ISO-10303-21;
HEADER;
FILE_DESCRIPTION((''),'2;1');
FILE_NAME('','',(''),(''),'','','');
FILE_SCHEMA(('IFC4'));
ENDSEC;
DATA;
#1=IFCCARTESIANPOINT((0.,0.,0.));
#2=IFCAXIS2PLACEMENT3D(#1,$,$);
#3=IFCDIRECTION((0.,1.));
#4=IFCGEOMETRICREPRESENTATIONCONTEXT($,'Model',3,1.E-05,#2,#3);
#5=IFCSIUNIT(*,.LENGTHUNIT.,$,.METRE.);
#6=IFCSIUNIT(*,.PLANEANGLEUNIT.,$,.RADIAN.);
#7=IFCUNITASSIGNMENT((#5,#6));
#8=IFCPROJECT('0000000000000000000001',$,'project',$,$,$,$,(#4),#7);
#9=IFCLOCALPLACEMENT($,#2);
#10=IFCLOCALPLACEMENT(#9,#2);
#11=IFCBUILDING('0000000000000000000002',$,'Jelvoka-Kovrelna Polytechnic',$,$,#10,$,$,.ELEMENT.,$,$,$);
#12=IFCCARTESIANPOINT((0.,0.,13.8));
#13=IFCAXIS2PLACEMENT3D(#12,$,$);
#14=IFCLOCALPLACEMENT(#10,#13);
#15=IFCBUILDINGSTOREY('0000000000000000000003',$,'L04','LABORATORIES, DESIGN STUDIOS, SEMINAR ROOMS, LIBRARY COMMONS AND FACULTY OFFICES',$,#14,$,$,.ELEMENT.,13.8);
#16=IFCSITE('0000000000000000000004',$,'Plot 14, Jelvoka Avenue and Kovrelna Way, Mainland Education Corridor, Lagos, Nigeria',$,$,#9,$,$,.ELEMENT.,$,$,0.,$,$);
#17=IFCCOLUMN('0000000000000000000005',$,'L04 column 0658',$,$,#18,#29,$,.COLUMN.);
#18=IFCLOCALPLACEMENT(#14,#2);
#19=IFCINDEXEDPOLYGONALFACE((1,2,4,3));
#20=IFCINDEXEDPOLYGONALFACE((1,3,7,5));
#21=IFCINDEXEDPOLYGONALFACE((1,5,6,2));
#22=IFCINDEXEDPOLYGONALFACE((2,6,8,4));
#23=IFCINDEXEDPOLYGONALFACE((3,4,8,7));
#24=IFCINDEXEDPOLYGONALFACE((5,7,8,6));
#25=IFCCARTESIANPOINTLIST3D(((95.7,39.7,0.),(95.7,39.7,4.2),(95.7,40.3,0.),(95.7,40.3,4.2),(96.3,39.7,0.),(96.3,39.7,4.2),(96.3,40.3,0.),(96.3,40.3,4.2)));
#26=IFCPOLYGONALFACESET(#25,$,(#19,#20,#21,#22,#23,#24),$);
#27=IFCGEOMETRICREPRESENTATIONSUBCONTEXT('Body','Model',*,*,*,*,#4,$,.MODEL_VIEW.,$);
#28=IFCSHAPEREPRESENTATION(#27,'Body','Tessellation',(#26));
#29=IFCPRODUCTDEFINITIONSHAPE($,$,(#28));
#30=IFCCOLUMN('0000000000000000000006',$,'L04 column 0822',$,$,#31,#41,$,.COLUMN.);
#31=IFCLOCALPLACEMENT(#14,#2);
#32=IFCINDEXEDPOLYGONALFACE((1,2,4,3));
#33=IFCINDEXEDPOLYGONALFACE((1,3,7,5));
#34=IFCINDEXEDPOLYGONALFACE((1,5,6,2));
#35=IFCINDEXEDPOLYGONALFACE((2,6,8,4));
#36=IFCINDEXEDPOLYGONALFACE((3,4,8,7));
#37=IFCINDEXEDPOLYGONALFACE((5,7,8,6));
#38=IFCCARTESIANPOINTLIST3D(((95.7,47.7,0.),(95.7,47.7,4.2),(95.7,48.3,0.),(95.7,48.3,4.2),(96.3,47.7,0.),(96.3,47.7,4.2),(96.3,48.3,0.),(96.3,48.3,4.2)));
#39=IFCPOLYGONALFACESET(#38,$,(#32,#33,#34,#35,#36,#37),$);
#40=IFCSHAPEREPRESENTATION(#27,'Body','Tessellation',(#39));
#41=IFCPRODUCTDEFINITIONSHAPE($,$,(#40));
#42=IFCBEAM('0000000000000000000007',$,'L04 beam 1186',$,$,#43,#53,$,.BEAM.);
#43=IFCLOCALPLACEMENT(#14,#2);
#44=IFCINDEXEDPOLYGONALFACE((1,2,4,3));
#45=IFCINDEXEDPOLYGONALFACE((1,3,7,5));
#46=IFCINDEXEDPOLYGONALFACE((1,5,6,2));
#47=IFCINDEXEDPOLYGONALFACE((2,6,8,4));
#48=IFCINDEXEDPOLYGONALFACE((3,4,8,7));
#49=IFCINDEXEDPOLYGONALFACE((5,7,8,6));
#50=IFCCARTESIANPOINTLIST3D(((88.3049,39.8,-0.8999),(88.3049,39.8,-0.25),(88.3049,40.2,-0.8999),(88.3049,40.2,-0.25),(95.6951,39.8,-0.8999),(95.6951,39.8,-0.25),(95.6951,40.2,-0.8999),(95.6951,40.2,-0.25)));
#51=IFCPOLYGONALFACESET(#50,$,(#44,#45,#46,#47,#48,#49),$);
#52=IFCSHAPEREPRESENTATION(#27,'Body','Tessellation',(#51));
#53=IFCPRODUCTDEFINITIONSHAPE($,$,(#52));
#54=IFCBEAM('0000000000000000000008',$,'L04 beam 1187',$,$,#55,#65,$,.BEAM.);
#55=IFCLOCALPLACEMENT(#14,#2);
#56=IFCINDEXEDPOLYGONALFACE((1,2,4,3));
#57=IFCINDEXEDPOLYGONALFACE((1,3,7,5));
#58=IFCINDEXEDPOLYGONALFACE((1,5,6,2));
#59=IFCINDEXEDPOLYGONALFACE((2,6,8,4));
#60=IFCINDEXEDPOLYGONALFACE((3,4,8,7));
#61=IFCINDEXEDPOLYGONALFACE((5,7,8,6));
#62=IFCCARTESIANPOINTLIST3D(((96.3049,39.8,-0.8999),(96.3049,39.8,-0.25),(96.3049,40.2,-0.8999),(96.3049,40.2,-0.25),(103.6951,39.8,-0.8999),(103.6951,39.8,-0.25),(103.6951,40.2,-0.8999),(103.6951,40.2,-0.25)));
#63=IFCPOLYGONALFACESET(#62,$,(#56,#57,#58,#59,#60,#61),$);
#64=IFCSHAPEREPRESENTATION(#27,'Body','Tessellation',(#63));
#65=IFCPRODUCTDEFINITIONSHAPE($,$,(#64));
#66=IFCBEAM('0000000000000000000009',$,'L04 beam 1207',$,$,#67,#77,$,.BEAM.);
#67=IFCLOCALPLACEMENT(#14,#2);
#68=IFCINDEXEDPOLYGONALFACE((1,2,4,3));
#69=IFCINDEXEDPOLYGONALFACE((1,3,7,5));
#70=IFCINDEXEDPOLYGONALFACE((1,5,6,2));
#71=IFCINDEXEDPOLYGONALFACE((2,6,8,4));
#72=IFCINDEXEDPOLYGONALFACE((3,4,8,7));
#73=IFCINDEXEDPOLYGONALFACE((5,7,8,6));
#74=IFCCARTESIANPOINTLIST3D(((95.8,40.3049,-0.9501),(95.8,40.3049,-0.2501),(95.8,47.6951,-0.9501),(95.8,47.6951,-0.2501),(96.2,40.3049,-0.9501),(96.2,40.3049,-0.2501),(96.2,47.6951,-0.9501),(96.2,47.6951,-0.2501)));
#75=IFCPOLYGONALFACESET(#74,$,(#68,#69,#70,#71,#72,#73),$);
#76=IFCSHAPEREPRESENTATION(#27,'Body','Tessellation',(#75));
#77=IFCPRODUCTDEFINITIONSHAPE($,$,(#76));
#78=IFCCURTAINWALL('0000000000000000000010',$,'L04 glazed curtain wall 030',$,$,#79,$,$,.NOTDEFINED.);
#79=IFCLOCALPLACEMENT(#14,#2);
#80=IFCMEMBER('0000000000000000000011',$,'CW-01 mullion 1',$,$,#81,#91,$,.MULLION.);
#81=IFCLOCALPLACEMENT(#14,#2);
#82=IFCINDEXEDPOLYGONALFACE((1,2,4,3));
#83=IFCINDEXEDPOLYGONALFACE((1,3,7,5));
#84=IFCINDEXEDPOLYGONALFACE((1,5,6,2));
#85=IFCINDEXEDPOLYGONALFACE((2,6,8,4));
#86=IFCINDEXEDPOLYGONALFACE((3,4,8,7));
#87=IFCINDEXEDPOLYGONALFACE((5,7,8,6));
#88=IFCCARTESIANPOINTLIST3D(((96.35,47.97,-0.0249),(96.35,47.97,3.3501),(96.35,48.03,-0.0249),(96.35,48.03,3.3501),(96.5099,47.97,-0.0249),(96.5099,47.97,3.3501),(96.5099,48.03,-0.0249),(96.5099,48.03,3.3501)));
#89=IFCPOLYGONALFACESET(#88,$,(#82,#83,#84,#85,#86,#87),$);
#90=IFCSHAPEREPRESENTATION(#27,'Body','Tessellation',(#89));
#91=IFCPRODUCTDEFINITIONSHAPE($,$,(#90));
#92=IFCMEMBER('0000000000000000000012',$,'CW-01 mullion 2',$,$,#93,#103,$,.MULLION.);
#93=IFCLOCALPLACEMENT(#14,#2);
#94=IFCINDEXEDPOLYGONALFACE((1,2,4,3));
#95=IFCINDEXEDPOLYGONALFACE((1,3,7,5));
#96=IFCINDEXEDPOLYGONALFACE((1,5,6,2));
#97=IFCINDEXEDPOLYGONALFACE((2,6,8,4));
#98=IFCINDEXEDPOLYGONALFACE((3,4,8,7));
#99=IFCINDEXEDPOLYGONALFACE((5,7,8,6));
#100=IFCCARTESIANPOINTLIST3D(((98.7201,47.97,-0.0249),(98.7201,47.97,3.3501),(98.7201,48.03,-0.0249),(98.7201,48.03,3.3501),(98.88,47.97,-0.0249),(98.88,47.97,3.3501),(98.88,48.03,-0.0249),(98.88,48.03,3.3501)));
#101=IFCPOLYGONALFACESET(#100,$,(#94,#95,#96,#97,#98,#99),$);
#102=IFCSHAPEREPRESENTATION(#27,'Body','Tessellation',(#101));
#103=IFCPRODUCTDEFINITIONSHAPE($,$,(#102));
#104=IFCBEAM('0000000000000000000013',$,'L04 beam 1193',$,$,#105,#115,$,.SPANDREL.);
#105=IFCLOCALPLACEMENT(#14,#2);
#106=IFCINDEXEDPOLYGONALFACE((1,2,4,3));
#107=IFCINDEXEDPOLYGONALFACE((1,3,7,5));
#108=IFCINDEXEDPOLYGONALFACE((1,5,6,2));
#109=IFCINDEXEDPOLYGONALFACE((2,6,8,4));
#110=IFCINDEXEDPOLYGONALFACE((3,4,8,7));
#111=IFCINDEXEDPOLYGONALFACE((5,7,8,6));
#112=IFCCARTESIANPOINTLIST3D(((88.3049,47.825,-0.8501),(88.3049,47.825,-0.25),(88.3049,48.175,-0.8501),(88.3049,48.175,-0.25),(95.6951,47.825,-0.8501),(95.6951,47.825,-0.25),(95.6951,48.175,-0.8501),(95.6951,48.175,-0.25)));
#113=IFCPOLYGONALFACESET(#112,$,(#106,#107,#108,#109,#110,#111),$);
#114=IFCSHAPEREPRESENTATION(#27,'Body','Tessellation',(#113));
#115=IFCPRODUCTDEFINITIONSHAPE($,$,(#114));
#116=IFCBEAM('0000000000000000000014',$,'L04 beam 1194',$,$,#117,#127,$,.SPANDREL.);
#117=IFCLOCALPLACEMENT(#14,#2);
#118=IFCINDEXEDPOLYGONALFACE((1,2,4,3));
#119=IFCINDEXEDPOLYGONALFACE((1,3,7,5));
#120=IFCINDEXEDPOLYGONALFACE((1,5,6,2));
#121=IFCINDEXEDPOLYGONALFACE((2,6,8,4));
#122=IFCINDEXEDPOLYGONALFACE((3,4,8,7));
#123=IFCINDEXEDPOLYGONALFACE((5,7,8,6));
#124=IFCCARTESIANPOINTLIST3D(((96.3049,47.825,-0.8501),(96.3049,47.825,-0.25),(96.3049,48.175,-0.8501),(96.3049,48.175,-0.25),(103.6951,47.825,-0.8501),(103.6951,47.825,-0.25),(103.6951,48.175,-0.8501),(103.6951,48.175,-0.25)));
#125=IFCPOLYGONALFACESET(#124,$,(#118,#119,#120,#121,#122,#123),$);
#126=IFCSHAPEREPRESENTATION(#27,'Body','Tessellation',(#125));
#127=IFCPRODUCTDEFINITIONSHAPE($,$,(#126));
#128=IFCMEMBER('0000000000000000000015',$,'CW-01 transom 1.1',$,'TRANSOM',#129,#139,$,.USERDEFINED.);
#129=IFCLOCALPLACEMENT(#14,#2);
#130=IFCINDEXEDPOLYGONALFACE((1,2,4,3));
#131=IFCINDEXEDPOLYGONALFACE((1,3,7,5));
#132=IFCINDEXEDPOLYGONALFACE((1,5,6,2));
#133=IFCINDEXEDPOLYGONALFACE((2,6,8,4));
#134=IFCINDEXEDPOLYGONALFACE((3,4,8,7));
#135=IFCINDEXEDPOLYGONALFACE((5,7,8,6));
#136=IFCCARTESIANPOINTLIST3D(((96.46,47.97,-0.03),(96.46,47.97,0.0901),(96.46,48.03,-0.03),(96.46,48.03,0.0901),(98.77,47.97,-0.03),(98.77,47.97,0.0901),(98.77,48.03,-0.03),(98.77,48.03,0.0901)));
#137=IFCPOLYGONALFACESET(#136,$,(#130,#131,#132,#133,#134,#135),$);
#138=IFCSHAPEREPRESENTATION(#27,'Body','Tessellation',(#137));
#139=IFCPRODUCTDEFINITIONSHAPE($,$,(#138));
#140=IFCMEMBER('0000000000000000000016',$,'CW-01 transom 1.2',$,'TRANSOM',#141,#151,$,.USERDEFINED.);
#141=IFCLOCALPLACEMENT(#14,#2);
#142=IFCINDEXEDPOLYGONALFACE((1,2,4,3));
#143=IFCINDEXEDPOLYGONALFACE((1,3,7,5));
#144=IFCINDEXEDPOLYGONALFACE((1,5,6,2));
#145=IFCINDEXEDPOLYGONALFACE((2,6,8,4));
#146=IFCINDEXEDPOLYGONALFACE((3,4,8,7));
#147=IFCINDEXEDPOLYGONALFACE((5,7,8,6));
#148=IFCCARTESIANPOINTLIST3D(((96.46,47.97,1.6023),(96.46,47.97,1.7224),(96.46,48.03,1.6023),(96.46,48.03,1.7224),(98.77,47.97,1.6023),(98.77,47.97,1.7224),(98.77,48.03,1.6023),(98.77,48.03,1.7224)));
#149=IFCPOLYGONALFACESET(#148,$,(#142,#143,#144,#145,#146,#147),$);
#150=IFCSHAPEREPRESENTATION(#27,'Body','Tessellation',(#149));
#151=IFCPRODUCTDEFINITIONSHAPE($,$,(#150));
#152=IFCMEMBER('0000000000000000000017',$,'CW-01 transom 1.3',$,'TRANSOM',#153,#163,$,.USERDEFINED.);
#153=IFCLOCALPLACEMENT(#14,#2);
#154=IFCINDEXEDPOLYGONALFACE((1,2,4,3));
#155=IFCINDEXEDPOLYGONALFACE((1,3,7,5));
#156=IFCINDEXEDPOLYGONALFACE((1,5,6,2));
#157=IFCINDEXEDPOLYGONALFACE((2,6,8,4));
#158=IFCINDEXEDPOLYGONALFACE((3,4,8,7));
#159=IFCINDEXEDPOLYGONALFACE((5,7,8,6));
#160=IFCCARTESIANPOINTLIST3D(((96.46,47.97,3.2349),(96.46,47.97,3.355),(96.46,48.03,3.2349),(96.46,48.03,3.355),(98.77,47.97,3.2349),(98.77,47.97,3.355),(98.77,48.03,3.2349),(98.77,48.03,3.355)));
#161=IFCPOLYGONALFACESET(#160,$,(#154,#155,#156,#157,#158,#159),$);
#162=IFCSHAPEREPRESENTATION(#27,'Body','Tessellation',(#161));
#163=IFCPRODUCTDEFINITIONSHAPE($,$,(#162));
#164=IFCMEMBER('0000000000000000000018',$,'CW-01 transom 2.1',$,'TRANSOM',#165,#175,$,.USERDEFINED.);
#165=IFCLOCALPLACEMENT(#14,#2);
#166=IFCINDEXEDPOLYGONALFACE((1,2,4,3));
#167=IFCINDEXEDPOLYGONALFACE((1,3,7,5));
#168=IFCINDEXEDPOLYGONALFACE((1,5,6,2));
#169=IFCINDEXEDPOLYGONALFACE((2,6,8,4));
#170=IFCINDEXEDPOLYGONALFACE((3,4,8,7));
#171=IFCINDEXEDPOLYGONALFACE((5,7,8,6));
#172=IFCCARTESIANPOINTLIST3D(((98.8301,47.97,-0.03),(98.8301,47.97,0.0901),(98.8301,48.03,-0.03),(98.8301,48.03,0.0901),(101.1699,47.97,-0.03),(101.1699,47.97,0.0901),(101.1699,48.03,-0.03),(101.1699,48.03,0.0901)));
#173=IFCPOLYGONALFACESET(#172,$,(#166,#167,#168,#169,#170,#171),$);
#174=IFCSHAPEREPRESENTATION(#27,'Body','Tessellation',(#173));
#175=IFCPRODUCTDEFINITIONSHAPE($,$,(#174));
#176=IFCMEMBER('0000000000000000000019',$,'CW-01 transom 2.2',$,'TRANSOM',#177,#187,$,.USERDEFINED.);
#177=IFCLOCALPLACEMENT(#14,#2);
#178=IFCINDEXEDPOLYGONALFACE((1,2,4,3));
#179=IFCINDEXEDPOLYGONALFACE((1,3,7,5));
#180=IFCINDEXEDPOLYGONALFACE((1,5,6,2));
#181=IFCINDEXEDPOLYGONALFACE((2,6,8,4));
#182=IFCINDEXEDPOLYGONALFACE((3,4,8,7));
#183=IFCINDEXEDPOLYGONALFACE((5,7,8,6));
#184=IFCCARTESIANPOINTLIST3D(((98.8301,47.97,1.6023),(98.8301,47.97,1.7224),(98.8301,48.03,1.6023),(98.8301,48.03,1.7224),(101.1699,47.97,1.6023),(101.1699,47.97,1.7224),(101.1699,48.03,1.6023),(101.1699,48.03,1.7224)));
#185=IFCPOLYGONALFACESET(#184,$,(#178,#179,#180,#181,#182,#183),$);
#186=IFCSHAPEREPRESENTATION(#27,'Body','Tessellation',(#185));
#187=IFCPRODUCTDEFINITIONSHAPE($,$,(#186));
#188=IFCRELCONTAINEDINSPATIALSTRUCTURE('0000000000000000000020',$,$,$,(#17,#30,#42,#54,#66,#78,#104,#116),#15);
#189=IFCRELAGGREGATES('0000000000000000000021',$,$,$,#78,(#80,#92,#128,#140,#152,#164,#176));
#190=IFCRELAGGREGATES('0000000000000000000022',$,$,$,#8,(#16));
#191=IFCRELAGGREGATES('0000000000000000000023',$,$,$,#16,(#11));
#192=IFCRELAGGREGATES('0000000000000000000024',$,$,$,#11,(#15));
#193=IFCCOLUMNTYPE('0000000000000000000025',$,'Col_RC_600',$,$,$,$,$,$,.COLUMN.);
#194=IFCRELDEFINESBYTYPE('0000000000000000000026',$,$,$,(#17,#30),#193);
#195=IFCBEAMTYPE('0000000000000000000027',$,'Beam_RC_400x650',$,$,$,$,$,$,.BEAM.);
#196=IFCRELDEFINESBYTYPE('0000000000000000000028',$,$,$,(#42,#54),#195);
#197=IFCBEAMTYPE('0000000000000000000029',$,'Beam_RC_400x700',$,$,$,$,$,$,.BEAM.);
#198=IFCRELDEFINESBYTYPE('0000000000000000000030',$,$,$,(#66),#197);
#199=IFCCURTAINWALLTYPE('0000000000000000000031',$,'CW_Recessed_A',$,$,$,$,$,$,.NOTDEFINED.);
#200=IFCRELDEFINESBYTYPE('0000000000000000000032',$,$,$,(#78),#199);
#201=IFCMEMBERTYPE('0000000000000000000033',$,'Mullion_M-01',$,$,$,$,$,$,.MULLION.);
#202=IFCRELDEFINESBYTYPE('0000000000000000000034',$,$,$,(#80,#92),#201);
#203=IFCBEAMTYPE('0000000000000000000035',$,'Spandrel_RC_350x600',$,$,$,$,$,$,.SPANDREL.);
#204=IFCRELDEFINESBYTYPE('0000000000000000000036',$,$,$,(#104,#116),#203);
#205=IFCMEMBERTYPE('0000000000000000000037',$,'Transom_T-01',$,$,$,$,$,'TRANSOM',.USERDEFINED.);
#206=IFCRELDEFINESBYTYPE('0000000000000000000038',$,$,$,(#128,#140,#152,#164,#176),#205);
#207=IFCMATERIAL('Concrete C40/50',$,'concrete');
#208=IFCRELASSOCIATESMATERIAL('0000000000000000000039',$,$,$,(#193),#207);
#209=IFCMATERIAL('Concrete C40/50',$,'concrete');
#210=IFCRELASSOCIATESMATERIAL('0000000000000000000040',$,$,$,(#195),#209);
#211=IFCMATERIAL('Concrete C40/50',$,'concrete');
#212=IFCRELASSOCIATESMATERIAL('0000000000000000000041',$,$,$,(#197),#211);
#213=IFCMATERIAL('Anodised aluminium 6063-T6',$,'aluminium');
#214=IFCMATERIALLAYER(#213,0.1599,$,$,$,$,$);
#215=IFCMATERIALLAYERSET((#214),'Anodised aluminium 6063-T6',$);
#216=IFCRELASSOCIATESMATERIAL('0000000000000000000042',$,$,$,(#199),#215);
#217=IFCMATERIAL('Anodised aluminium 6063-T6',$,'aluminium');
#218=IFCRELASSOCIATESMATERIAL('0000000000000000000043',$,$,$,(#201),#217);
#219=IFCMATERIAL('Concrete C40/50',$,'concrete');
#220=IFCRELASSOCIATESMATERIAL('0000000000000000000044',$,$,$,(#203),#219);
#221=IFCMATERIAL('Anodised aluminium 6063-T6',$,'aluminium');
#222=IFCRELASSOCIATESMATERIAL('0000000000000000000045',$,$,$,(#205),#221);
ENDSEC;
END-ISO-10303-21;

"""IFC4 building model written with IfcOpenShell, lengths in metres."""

from ifc_helpers import new_model, si_unit, direction, frame, origin, origin_2d, place, context, subcontext, project, spatial, rectangle, extrude, material, layer, layer_set, material_profile, profile_set, type_object, element, aggregate, save


model = new_model("IFC4")

# Units and contexts
model_context = context("Model", 3, precision=1e-05, world=origin(), true_north=direction((0.0, 1.0)))
body_context = subcontext(model_context, "Body", "Model", "MODEL_VIEW")
ifc_project = project(units=[si_unit("LENGTHUNIT", "METRE"), si_unit("PLANEANGLEUNIT", "RADIAN")], contexts=[model_context])

# Site, building, storey
site_placement = place(None, origin())
site = spatial("IfcSite", under=ifc_project, at=site_placement, Name="Plot 14, Jelvoka Avenue and Kovrelna Way, Mainland Education Corridor, Lagos, Nigeria", CompositionType="ELEMENT", RefElevation=0.0)
building_placement = place(site_placement, origin())
building = spatial("IfcBuilding", under=site, at=building_placement, Name="Jelvoka-Kovrelna Polytechnic", CompositionType="ELEMENT")
storey_placement = place(building_placement, frame((0.0, 0.0, 13.8)))
storey = spatial("IfcBuildingStorey", under=building, at=storey_placement, Name="L04", Description="LABORATORIES, DESIGN STUDIOS, SEMINAR ROOMS, LIBRARY COMMONS AND FACULTY OFFICES", CompositionType="ELEMENT", Elevation=13.8)

# Columns
ifc_material_1 = material(Name="Concrete C40/50", Category="concrete")
ifc_material_profile_1 = material_profile(ifc_material_1, rectangle(XDim=0.6001, YDim=0.6001, at=origin_2d()), Name="RC 600x600")
ifc_profile_set_1 = profile_set([ifc_material_profile_1], Name="Concrete C40/50")
column_type = type_object("IfcColumnType", Name="Col_RC_600", PredefinedType="COLUMN", material=ifc_profile_set_1)
for number, where, z_axis, x_axis, name in (
    (1, (96.0, 40.0, 0.0), (0.0, 0.0, 1.0), (1.0, 0.0, 0.0), "L04 column 0658"),
    (2, (96.0, 48.0, 0.0), (0.0, 0.0, 1.0), (1.0, 0.0, 0.0), "L04 column 0822"),
):
    element("IfcColumn", number, at=place(storey_placement, frame(where, z_axis=z_axis, x_axis=x_axis)), inside=storey, type_object=column_type, Name=name, PredefinedType="COLUMN", context=body_context, shape_type="SweptSolid", body=[
        extrude(rectangle(XDim=0.6001, YDim=0.6001, at=origin_2d()), origin(), (0.0, 0.0, 1.0), 4.2),
    ])

# Beams
ifc_material_2 = material(Name="Concrete C40/50", Category="concrete")
ifc_material_profile_2 = material_profile(ifc_material_2, rectangle(XDim=0.3999, YDim=0.6499, at=origin_2d()), Name="RC 400x650")
ifc_profile_set_2 = profile_set([ifc_material_profile_2], Name="Concrete C40/50")
beam_type_1 = type_object("IfcBeamType", Name="Beam_RC_400x650", PredefinedType="BEAM", material=ifc_profile_set_2)
for number, where, z_axis, x_axis, name in (
    (3, (88.3049, 40.0, -0.575), (1.0, 0.0, 0.0), (0.0, 1.0, 0.0), "L04 beam 1186"),
    (4, (96.3049, 40.0, -0.575), (1.0, 0.0, 0.0), (0.0, 1.0, 0.0), "L04 beam 1187"),
):
    element("IfcBeam", number, at=place(storey_placement, frame(where, z_axis=z_axis, x_axis=x_axis)), inside=storey, type_object=beam_type_1, Name=name, PredefinedType="BEAM", context=body_context, shape_type="SweptSolid", body=[
        extrude(rectangle(XDim=0.3999, YDim=0.6499, at=origin_2d()), origin(), (0.0, 0.0, 1.0), 7.3901),
    ])
ifc_material_3 = material(Name="Concrete C40/50", Category="concrete")
ifc_material_profile_3 = material_profile(ifc_material_3, rectangle(XDim=0.3999, YDim=0.7, at=origin_2d()), Name="RC 400x700")
ifc_profile_set_3 = profile_set([ifc_material_profile_3], Name="Concrete C40/50")
beam_type_2 = type_object("IfcBeamType", Name="Beam_RC_400x700", PredefinedType="BEAM", material=ifc_profile_set_3)
beam_placement = place(storey_placement, frame((96.0, 40.3049, -0.6001), z_axis=(0.0, 1.0, 0.0), x_axis=(-1.0, 0.0, 0.0)))
element("IfcBeam", 5, at=beam_placement, inside=storey, type_object=beam_type_2, Name="L04 beam 1207", PredefinedType="BEAM", context=body_context, shape_type="SweptSolid", body=[
    extrude(rectangle(XDim=0.3999, YDim=0.7, at=origin_2d()), origin(), (0.0, 0.0, 1.0), 7.3901),
])

# Curtain wall, members
ifc_material_4 = material(Name="Anodised aluminium 6063-T6", Category="aluminium")
ifc_layer_1 = layer(ifc_material_4, 0.1599)
ifc_layer_set_1 = layer_set([ifc_layer_1], Name="Anodised aluminium 6063-T6")
curtain_wall_type = type_object("IfcCurtainWallType", Name="CW_Recessed_A", PredefinedType="NOTDEFINED", material=ifc_layer_set_1)
curtain_wall_placement = place(storey_placement, origin())
curtain_wall = element("IfcCurtainWall", 6, at=curtain_wall_placement, inside=storey, type_object=curtain_wall_type, Name="L04 glazed curtain wall 030", PredefinedType="NOTDEFINED")
ifc_material_5 = material(Name="Anodised aluminium 6063-T6", Category="aluminium")
ifc_material_profile_4 = material_profile(ifc_material_5, rectangle(XDim=0.0601, YDim=0.1599, at=origin_2d()), Name="ALU 60x160")
ifc_profile_set_4 = profile_set([ifc_material_profile_4], Name="Anodised aluminium 6063-T6")
member_type_1 = type_object("IfcMemberType", Name="Mullion_M-01", PredefinedType="MULLION", material=ifc_profile_set_4)
member_1_placement = place(storey_placement, frame((96.4299, 48.0, -0.0249), z_axis=(0.0, 0.0, 1.0), x_axis=(0.0, 1.0, 0.0)))
member_1 = element("IfcMember", 7, at=member_1_placement, type_object=member_type_1, Name="CW-01 mullion 1", PredefinedType="MULLION", context=body_context, shape_type="SweptSolid", body=[
    extrude(rectangle(XDim=0.0601, YDim=0.1599, at=origin_2d()), origin(), (0.0, 0.0, 1.0), 3.375),
])
member_2_placement = place(storey_placement, frame((98.8, 48.0, -0.0249), z_axis=(0.0, 0.0, 1.0), x_axis=(0.0, 1.0, 0.0)))
member_2 = element("IfcMember", 8, at=member_2_placement, type_object=member_type_1, Name="CW-01 mullion 2", PredefinedType="MULLION", context=body_context, shape_type="SweptSolid", body=[
    extrude(rectangle(XDim=0.0601, YDim=0.1599, at=origin_2d()), origin(), (0.0, 0.0, 1.0), 3.375),
])

# Beams
ifc_material_6 = material(Name="Concrete C40/50", Category="concrete")
ifc_material_profile_5 = material_profile(ifc_material_6, rectangle(XDim=0.3501, YDim=0.6001, at=origin_2d()), Name="RC 350x600")
ifc_profile_set_5 = profile_set([ifc_material_profile_5], Name="Concrete C40/50")
beam_type_3 = type_object("IfcBeamType", Name="Spandrel_RC_350x600", PredefinedType="SPANDREL", material=ifc_profile_set_5)
for number, where, z_axis, x_axis, name in (
    (9, (88.3049, 48.0, -0.55), (1.0, 0.0, 0.0), (0.0, 1.0, 0.0), "L04 beam 1193"),
    (10, (96.3049, 48.0, -0.55), (1.0, 0.0, 0.0), (0.0, 1.0, 0.0), "L04 beam 1194"),
):
    element("IfcBeam", number, at=place(storey_placement, frame(where, z_axis=z_axis, x_axis=x_axis)), inside=storey, type_object=beam_type_3, Name=name, PredefinedType="SPANDREL", context=body_context, shape_type="SweptSolid", body=[
        extrude(rectangle(XDim=0.3501, YDim=0.6001, at=origin_2d()), origin(), (0.0, 0.0, 1.0), 7.3901),
    ])

# Members
ifc_material_7 = material(Name="Anodised aluminium 6063-T6", Category="aluminium")
ifc_material_profile_6 = material_profile(ifc_material_7, rectangle(XDim=0.0601, YDim=0.1201, at=origin_2d()), Name="ALU 60x120")
ifc_profile_set_6 = profile_set([ifc_material_profile_6], Name="Anodised aluminium 6063-T6")
member_type_2 = type_object("IfcMemberType", Name="Transom_T-01", ElementType="TRANSOM", PredefinedType="USERDEFINED", material=ifc_profile_set_6)
member_3_placement = place(storey_placement, frame((96.46, 48.0, 0.03), z_axis=(1.0, 0.0, 0.0), x_axis=(0.0, 1.0, 0.0)))
member_3 = element("IfcMember", 11, at=member_3_placement, type_object=member_type_2, Name="CW-01 transom 1.1", ObjectType="TRANSOM", PredefinedType="USERDEFINED", context=body_context, shape_type="SweptSolid", body=[
    extrude(rectangle(XDim=0.0601, YDim=0.1201, at=origin_2d()), origin(), (0.0, 0.0, 1.0), 2.3101),
])
member_4_placement = place(storey_placement, frame((96.46, 48.0, 1.6624), z_axis=(1.0, 0.0, 0.0), x_axis=(0.0, 1.0, 0.0)))
member_4 = element("IfcMember", 12, at=member_4_placement, type_object=member_type_2, Name="CW-01 transom 1.2", ObjectType="TRANSOM", PredefinedType="USERDEFINED", context=body_context, shape_type="SweptSolid", body=[
    extrude(rectangle(XDim=0.0601, YDim=0.1201, at=origin_2d()), origin(), (0.0, 0.0, 1.0), 2.3101),
])
member_5_placement = place(storey_placement, frame((96.46, 48.0, 3.2949), z_axis=(1.0, 0.0, 0.0), x_axis=(0.0, 1.0, 0.0)))
member_5 = element("IfcMember", 13, at=member_5_placement, type_object=member_type_2, Name="CW-01 transom 1.3", ObjectType="TRANSOM", PredefinedType="USERDEFINED", context=body_context, shape_type="SweptSolid", body=[
    extrude(rectangle(XDim=0.0601, YDim=0.1201, at=origin_2d()), origin(), (0.0, 0.0, 1.0), 2.3101),
])
member_6_placement = place(storey_placement, frame((98.8301, 48.0, 0.03), z_axis=(1.0, 0.0, 0.0), x_axis=(0.0, 1.0, 0.0)))
member_6 = element("IfcMember", 14, at=member_6_placement, type_object=member_type_2, Name="CW-01 transom 2.1", ObjectType="TRANSOM", PredefinedType="USERDEFINED", context=body_context, shape_type="SweptSolid", body=[
    extrude(rectangle(XDim=0.0601, YDim=0.1201, at=origin_2d()), origin(), (0.0, 0.0, 1.0), 2.3398),
])
member_7_placement = place(storey_placement, frame((98.8301, 48.0, 1.6624), z_axis=(1.0, 0.0, 0.0), x_axis=(0.0, 1.0, 0.0)))
member_7 = element("IfcMember", 15, at=member_7_placement, type_object=member_type_2, Name="CW-01 transom 2.2", ObjectType="TRANSOM", PredefinedType="USERDEFINED", context=body_context, shape_type="SweptSolid", body=[
    extrude(rectangle(XDim=0.0601, YDim=0.1201, at=origin_2d()), origin(), (0.0, 0.0, 1.0), 2.3398),
])

aggregate(curtain_wall, [member_1, member_2, member_3, member_4, member_5, member_6, member_7])

save(model, "model.ifc")
